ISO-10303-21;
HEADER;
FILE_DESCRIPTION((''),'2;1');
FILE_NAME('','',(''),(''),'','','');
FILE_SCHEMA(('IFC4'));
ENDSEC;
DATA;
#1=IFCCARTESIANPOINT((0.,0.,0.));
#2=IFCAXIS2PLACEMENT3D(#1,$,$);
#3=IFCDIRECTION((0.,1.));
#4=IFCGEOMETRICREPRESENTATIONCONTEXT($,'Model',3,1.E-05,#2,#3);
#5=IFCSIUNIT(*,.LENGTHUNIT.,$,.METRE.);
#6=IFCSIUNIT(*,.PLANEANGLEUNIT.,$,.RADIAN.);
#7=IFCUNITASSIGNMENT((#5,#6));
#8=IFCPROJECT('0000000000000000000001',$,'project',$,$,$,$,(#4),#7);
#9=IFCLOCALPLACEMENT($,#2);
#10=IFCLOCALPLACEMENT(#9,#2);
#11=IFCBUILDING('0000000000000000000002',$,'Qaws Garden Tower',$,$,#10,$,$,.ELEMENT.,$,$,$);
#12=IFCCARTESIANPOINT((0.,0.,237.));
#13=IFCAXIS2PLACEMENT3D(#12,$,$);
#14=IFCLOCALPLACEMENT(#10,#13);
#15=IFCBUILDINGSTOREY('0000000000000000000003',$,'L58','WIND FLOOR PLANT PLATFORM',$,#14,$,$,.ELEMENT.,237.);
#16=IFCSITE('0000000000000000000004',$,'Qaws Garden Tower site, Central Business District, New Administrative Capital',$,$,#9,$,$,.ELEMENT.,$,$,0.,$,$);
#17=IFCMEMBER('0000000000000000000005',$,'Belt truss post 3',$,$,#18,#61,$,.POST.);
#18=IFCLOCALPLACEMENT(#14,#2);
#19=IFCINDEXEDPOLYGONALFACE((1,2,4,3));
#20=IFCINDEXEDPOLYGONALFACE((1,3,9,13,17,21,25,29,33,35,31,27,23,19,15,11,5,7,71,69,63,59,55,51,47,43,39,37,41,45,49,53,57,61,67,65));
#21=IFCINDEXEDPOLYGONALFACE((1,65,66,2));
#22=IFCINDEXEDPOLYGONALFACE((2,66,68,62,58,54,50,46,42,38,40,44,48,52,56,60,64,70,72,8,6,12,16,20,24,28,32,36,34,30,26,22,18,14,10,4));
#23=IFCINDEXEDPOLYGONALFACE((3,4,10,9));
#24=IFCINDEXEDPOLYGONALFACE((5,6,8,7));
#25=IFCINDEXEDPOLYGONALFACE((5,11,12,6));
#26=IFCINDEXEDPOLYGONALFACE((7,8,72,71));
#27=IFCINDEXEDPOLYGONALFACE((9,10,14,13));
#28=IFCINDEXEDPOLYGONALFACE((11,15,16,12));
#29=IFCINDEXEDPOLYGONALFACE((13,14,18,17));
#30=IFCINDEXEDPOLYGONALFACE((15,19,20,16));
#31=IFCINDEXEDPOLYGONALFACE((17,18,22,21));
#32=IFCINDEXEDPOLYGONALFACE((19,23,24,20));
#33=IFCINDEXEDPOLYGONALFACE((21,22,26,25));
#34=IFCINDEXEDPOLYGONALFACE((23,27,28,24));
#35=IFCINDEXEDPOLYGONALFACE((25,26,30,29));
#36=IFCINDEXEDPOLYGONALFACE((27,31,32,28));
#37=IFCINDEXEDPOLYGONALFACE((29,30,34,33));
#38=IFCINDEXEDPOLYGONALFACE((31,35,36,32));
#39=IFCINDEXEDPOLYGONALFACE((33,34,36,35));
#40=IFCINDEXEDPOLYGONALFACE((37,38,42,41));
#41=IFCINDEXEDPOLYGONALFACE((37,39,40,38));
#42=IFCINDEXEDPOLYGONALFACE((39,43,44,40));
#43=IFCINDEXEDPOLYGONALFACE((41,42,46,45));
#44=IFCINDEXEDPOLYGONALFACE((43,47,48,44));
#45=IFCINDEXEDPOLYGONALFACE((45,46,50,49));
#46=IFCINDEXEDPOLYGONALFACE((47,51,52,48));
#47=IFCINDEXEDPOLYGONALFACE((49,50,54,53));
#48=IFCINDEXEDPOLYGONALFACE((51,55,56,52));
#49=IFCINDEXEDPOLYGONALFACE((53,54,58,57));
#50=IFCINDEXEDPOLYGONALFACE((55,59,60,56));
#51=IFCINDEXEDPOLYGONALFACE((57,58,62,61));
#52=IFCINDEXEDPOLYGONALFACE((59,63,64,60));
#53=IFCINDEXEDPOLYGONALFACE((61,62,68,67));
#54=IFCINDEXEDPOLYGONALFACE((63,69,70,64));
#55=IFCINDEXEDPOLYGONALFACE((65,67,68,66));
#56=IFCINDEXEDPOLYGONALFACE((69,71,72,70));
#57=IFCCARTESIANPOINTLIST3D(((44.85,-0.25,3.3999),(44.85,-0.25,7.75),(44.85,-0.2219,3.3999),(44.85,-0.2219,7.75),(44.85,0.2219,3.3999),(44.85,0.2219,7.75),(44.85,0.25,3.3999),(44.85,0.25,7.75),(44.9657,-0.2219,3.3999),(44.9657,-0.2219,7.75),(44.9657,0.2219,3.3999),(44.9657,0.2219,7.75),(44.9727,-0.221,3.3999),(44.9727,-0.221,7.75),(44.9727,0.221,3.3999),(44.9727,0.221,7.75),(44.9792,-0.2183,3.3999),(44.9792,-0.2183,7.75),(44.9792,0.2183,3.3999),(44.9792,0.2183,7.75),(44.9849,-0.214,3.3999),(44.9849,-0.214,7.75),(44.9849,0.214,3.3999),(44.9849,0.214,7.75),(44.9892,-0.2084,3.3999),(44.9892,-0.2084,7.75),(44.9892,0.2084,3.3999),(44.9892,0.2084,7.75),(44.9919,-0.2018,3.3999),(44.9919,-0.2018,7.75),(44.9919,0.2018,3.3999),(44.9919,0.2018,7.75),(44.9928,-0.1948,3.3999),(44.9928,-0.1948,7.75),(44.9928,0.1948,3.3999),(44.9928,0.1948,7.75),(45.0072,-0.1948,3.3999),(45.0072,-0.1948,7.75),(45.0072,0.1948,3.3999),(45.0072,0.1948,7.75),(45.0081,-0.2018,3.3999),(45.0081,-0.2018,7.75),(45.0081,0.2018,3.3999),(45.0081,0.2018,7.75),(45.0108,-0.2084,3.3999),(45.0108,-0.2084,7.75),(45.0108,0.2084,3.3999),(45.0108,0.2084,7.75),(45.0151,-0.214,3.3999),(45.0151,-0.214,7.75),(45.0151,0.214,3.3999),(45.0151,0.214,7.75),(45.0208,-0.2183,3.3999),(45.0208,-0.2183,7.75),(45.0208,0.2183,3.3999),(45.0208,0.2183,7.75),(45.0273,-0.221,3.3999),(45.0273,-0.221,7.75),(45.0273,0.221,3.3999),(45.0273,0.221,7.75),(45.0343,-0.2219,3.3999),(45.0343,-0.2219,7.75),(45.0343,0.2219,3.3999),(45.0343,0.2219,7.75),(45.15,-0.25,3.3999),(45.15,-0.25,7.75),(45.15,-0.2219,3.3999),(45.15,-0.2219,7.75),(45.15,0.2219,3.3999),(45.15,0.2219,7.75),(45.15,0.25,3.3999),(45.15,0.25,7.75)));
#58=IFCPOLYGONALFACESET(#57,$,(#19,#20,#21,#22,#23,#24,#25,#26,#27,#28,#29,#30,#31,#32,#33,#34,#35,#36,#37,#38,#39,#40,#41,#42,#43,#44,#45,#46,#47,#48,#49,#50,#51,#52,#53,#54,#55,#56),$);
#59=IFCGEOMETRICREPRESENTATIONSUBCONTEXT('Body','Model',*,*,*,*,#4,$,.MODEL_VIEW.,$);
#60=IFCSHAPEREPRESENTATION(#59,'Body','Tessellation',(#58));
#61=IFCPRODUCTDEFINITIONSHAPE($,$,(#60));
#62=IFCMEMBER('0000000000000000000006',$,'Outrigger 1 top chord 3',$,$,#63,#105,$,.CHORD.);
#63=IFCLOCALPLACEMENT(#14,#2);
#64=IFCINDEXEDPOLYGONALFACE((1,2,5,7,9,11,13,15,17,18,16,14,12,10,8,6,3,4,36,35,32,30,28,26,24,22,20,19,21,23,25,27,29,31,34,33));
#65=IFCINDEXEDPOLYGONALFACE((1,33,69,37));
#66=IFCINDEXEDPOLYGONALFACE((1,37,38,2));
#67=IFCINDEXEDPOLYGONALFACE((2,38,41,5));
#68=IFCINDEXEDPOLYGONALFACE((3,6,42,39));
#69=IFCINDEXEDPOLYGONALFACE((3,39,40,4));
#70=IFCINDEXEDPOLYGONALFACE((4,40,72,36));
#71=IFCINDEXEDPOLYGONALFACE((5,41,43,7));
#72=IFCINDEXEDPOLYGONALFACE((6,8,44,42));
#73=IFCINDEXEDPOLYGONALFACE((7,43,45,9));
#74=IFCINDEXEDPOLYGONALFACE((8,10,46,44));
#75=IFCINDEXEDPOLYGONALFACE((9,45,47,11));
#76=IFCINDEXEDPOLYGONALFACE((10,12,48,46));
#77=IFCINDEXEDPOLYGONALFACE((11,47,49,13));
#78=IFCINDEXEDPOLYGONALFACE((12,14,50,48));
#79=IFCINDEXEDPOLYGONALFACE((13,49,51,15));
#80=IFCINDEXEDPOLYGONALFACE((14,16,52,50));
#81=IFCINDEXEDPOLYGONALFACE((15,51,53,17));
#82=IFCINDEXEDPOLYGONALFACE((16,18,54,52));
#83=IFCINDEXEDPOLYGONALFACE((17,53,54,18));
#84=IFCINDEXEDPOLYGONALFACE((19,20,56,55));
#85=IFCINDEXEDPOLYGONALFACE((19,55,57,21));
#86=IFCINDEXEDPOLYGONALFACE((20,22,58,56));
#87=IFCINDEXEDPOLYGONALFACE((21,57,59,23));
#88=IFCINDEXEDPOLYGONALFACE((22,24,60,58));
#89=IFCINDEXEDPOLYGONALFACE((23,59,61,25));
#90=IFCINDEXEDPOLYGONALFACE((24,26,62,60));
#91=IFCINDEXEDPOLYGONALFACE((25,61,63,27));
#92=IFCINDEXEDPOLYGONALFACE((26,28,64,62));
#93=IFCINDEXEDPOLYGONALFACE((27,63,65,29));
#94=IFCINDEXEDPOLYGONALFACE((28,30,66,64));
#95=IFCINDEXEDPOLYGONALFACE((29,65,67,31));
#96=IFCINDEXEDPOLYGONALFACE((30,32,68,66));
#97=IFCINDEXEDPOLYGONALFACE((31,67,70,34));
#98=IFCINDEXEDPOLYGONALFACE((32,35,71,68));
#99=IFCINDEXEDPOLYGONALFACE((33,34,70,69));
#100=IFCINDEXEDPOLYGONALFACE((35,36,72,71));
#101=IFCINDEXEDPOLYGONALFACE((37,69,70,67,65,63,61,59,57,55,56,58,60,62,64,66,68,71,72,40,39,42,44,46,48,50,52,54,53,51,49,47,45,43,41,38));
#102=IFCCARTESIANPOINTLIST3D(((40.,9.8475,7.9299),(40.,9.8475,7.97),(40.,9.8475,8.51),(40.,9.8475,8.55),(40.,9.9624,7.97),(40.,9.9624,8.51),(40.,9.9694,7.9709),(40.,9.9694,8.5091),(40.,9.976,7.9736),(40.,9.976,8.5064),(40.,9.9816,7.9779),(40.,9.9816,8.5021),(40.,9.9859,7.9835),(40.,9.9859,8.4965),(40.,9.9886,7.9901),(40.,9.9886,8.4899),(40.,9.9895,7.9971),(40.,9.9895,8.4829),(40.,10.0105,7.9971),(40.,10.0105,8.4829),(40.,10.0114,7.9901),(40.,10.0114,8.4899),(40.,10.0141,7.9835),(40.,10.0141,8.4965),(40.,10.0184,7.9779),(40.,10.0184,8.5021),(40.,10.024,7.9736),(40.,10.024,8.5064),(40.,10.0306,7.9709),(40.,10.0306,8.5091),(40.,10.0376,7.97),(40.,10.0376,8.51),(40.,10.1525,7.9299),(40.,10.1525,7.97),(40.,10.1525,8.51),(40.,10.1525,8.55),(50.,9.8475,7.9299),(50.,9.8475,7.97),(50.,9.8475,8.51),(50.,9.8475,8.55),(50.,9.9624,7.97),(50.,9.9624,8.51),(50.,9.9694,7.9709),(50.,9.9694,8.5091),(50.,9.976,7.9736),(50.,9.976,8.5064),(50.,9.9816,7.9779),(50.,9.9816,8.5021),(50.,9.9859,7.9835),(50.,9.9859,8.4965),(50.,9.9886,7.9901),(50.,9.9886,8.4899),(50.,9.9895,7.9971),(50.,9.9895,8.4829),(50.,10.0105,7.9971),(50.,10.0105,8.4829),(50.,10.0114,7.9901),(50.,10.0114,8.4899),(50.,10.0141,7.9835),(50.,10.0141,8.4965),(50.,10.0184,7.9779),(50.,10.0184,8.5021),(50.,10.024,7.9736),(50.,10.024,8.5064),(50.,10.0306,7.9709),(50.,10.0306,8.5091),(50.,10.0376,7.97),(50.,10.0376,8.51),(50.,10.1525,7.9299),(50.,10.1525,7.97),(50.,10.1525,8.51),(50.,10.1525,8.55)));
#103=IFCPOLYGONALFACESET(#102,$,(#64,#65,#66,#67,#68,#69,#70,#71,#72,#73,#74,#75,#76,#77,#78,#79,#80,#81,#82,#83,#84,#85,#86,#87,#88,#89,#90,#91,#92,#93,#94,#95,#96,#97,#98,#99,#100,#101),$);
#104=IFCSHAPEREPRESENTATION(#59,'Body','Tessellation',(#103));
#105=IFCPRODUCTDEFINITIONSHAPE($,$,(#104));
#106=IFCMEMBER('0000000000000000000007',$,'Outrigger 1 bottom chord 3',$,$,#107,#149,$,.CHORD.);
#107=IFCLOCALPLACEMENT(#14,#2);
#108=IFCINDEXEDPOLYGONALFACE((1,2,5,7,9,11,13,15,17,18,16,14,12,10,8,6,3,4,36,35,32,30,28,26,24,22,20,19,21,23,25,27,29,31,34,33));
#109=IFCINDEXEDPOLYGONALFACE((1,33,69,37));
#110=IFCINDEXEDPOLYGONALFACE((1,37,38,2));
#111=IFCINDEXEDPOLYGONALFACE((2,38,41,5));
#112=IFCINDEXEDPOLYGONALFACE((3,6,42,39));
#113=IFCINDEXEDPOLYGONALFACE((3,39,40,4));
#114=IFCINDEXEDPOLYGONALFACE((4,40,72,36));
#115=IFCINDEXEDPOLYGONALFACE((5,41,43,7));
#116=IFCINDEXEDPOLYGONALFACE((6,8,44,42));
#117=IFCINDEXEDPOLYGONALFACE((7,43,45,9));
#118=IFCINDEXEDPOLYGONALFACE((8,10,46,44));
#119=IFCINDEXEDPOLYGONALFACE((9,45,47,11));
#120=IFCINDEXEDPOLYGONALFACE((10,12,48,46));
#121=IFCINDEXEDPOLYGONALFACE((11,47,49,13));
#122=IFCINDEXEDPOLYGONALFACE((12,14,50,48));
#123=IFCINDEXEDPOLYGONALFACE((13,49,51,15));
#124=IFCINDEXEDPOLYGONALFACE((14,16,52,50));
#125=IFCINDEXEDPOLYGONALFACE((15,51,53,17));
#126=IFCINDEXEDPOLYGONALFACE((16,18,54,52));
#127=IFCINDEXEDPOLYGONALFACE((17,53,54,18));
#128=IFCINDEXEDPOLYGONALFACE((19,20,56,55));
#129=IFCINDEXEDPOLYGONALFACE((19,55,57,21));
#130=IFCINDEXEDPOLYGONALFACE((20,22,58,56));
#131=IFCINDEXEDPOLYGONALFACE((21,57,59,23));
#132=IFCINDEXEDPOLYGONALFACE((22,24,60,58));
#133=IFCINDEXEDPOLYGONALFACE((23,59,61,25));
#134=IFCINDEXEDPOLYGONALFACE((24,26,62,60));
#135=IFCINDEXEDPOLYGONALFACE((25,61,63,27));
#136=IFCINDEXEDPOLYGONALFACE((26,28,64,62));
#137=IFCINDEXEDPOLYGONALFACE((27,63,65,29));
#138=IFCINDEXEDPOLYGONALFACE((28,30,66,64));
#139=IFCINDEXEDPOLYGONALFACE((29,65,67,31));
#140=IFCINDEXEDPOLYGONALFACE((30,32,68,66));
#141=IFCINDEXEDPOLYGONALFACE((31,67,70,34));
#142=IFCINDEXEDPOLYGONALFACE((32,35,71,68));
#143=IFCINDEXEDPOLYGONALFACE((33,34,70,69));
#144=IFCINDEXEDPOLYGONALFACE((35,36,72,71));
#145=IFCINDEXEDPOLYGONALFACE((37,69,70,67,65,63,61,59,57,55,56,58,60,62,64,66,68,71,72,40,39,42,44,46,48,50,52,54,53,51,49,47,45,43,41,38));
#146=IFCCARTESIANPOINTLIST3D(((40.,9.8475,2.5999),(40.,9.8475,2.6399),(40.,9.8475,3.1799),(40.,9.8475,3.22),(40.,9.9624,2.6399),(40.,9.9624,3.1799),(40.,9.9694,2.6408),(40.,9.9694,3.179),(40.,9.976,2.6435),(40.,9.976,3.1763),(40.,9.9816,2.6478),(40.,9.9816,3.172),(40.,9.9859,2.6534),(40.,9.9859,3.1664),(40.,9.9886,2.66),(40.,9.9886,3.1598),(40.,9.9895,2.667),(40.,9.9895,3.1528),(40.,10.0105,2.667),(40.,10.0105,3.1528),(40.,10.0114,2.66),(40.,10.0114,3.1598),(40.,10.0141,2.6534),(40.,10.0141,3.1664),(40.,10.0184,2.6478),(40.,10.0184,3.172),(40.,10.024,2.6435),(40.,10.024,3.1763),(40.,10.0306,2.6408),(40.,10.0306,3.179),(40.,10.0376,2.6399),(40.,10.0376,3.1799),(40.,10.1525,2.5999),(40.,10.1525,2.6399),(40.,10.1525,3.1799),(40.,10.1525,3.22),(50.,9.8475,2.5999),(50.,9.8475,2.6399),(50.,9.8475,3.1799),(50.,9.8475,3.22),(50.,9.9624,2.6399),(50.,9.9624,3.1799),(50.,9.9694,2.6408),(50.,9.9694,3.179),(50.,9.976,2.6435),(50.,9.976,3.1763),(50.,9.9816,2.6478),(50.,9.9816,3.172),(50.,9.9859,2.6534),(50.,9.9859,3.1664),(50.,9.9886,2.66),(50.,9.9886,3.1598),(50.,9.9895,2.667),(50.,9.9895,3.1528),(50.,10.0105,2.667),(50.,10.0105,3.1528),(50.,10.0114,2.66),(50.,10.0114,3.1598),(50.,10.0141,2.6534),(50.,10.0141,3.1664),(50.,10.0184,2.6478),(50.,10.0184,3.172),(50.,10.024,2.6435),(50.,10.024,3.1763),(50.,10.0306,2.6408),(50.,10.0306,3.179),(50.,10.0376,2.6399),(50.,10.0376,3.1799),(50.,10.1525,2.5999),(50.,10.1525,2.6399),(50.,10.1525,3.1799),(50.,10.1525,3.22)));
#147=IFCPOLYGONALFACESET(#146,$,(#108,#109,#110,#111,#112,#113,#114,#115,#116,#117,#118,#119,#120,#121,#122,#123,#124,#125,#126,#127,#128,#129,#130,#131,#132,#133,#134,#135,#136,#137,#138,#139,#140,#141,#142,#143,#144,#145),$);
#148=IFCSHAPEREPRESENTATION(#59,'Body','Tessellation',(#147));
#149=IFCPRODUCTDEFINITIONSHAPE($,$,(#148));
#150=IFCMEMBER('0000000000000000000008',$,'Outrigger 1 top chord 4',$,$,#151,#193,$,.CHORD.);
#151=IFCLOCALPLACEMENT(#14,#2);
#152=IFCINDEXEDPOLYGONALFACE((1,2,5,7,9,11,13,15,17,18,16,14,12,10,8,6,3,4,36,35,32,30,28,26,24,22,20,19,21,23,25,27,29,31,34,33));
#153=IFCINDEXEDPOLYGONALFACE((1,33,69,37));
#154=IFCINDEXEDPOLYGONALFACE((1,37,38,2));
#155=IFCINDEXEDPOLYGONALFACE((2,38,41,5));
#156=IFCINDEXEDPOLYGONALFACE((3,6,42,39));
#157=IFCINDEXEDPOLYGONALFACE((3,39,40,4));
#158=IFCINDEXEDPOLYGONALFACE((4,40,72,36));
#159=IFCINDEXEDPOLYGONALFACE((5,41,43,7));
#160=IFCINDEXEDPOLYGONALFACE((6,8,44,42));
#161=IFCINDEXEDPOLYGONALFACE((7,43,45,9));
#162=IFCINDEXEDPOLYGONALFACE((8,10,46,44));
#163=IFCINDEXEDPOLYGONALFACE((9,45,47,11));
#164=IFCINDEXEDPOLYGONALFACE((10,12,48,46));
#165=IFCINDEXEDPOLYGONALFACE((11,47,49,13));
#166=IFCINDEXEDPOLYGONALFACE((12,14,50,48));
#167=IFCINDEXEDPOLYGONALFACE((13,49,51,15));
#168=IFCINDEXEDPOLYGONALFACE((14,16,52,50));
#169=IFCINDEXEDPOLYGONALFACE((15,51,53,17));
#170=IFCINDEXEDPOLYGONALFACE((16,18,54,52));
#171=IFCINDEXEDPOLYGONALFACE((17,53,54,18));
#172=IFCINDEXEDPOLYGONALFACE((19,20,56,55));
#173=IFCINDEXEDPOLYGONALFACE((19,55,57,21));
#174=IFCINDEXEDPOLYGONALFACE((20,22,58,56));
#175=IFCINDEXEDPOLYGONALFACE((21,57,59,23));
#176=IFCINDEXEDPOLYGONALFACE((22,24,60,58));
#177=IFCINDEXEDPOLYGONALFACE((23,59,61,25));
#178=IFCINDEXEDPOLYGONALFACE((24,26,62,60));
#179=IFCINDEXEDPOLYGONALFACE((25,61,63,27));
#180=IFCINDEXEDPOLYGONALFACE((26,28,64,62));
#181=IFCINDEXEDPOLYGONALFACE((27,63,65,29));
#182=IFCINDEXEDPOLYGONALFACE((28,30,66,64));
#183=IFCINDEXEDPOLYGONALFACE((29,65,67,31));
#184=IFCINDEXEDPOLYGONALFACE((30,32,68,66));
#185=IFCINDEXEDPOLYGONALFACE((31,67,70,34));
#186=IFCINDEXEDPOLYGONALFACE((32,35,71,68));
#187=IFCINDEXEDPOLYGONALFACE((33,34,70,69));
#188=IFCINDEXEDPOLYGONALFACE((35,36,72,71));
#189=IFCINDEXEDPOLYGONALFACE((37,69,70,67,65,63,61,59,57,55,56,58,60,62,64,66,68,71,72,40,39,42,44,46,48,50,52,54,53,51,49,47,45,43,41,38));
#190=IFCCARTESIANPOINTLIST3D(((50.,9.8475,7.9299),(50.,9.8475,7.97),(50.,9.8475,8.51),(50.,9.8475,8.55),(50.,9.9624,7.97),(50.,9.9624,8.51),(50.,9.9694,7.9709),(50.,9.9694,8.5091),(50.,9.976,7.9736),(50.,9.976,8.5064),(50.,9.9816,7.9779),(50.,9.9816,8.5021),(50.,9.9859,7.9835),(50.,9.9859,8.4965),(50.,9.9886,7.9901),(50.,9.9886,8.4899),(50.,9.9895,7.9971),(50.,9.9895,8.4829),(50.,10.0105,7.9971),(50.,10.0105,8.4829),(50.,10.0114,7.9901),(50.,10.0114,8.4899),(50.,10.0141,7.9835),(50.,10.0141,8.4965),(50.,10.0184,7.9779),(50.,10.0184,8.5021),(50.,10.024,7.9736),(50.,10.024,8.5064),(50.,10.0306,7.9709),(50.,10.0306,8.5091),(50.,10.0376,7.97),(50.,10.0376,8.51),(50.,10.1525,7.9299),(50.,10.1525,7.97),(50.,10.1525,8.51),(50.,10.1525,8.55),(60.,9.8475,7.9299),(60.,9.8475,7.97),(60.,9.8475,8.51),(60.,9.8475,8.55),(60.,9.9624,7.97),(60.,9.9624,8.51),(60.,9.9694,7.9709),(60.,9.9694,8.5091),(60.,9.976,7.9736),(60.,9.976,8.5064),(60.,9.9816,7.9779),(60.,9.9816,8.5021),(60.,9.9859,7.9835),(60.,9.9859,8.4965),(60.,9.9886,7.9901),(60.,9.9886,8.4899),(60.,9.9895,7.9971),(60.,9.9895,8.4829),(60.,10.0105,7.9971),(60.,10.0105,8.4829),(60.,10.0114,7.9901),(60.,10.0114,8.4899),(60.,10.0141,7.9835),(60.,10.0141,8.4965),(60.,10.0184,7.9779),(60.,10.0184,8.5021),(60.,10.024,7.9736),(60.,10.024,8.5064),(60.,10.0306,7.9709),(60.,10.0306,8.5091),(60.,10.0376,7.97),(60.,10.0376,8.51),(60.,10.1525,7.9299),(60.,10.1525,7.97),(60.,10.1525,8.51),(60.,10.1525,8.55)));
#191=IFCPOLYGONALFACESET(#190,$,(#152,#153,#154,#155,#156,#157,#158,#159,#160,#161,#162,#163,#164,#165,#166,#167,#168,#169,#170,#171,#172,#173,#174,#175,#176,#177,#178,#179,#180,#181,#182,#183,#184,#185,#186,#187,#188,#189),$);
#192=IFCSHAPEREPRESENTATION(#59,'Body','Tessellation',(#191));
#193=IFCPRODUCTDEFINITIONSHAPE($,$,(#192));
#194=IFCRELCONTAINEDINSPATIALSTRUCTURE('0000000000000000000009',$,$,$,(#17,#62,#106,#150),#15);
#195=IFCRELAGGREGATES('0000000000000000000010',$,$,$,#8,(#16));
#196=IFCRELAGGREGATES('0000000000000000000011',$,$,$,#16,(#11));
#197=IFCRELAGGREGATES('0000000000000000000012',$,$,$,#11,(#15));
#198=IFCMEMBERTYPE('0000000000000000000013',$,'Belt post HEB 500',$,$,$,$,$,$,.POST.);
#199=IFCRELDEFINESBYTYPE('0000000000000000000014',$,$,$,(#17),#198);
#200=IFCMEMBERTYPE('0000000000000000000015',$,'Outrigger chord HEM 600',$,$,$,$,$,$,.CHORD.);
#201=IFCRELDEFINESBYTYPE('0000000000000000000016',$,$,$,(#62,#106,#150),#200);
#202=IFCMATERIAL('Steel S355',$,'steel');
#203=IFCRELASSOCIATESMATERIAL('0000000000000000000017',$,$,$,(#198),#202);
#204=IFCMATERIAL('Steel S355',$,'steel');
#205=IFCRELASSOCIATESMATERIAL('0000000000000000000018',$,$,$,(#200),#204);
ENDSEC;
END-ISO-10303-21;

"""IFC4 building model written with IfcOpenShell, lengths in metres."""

from ifc_helpers import new_model, si_unit, direction, frame, origin, origin_2d, place, context, subcontext, project, spatial, i_section, extrude, material, material_profile, profile_set, type_object, element, save


model = new_model("IFC4")

# Units and contexts
model_context = context("Model", 3, precision=1e-05, world=origin(), true_north=direction((0.0, 1.0)))
body_context = subcontext(model_context, "Body", "Model", "MODEL_VIEW")
ifc_project = project(units=[si_unit("LENGTHUNIT", "METRE"), si_unit("PLANEANGLEUNIT", "RADIAN")], contexts=[model_context])

# Site, building, storey
site_placement = place(None, origin())
site = spatial("IfcSite", under=ifc_project, at=site_placement, Name="Qaws Garden Tower site, Central Business District, New Administrative Capital", CompositionType="ELEMENT", RefElevation=0.0)
building_placement = place(site_placement, origin())
building = spatial("IfcBuilding", under=site, at=building_placement, Name="Qaws Garden Tower", CompositionType="ELEMENT")
storey_placement = place(building_placement, frame((0.0, 0.0, 237.0)))
storey = spatial("IfcBuildingStorey", under=building, at=storey_placement, Name="L58", Description="WIND FLOOR PLANT PLATFORM", CompositionType="ELEMENT", Elevation=237.0)

# Members
ifc_material_1 = material(Name="Steel S355", Category="steel")
ifc_material_profile_1 = material_profile(ifc_material_1, i_section(OverallWidth=0.3, OverallDepth=0.5, WebThickness=0.0144, FlangeThickness=0.0281, FilletRadius=0.0271, at=origin_2d()), Name="HEB 500")
ifc_profile_set_1 = profile_set([ifc_material_profile_1], Name="Steel S355")
member_type_1 = type_object("IfcMemberType", Name="Belt post HEB 500", PredefinedType="POST", material=ifc_profile_set_1)
placement = place(storey_placement, frame((45.0, 0.0, 3.3999), z_axis=(0.0, 0.0, 1.0), x_axis=(1.0, 0.0, 0.0)))
element("IfcMember", 1, at=placement, inside=storey, type_object=member_type_1, Name="Belt truss post 3", PredefinedType="POST", context=body_context, shape_type="SweptSolid", body=[
    extrude(i_section(OverallWidth=0.3, OverallDepth=0.5, WebThickness=0.0144, FlangeThickness=0.0281, FilletRadius=0.0271, at=origin_2d()), origin(), (0.0, 0.0, 1.0), 4.3501),
])
ifc_material_2 = material(Name="Steel S355", Category="steel")
ifc_material_profile_2 = material_profile(ifc_material_2, i_section(OverallWidth=0.3049, OverallDepth=0.6201, WebThickness=0.021, FlangeThickness=0.04, FilletRadius=0.0271, at=origin_2d()), Name="HEM 600")
ifc_profile_set_2 = profile_set([ifc_material_profile_2], Name="Steel S355")
member_type_2 = type_object("IfcMemberType", Name="Outrigger chord HEM 600", PredefinedType="CHORD", material=ifc_profile_set_2)
for number, where, z_axis, x_axis, name in (
    (2, (40.0, 10.0, 8.24), (1.0, 0.0, 0.0), (0.0, 1.0, 0.0), "Outrigger 1 top chord 3"),
    (3, (40.0, 10.0, 2.9099), (1.0, 0.0, 0.0), (0.0, 1.0, 0.0), "Outrigger 1 bottom chord 3"),
    (4, (50.0, 10.0, 8.24), (1.0, 0.0, 0.0), (0.0, 1.0, 0.0), "Outrigger 1 top chord 4"),
):
    element("IfcMember", number, at=place(storey_placement, frame(where, z_axis=z_axis, x_axis=x_axis)), inside=storey, type_object=member_type_2, Name=name, PredefinedType="CHORD", context=body_context, shape_type="SweptSolid", body=[
        extrude(i_section(OverallWidth=0.3049, OverallDepth=0.6201, WebThickness=0.021, FlangeThickness=0.04, FilletRadius=0.0271, at=origin_2d()), origin(), (0.0, 0.0, 1.0), 10.0),
    ])

save(model, "model.ifc")
